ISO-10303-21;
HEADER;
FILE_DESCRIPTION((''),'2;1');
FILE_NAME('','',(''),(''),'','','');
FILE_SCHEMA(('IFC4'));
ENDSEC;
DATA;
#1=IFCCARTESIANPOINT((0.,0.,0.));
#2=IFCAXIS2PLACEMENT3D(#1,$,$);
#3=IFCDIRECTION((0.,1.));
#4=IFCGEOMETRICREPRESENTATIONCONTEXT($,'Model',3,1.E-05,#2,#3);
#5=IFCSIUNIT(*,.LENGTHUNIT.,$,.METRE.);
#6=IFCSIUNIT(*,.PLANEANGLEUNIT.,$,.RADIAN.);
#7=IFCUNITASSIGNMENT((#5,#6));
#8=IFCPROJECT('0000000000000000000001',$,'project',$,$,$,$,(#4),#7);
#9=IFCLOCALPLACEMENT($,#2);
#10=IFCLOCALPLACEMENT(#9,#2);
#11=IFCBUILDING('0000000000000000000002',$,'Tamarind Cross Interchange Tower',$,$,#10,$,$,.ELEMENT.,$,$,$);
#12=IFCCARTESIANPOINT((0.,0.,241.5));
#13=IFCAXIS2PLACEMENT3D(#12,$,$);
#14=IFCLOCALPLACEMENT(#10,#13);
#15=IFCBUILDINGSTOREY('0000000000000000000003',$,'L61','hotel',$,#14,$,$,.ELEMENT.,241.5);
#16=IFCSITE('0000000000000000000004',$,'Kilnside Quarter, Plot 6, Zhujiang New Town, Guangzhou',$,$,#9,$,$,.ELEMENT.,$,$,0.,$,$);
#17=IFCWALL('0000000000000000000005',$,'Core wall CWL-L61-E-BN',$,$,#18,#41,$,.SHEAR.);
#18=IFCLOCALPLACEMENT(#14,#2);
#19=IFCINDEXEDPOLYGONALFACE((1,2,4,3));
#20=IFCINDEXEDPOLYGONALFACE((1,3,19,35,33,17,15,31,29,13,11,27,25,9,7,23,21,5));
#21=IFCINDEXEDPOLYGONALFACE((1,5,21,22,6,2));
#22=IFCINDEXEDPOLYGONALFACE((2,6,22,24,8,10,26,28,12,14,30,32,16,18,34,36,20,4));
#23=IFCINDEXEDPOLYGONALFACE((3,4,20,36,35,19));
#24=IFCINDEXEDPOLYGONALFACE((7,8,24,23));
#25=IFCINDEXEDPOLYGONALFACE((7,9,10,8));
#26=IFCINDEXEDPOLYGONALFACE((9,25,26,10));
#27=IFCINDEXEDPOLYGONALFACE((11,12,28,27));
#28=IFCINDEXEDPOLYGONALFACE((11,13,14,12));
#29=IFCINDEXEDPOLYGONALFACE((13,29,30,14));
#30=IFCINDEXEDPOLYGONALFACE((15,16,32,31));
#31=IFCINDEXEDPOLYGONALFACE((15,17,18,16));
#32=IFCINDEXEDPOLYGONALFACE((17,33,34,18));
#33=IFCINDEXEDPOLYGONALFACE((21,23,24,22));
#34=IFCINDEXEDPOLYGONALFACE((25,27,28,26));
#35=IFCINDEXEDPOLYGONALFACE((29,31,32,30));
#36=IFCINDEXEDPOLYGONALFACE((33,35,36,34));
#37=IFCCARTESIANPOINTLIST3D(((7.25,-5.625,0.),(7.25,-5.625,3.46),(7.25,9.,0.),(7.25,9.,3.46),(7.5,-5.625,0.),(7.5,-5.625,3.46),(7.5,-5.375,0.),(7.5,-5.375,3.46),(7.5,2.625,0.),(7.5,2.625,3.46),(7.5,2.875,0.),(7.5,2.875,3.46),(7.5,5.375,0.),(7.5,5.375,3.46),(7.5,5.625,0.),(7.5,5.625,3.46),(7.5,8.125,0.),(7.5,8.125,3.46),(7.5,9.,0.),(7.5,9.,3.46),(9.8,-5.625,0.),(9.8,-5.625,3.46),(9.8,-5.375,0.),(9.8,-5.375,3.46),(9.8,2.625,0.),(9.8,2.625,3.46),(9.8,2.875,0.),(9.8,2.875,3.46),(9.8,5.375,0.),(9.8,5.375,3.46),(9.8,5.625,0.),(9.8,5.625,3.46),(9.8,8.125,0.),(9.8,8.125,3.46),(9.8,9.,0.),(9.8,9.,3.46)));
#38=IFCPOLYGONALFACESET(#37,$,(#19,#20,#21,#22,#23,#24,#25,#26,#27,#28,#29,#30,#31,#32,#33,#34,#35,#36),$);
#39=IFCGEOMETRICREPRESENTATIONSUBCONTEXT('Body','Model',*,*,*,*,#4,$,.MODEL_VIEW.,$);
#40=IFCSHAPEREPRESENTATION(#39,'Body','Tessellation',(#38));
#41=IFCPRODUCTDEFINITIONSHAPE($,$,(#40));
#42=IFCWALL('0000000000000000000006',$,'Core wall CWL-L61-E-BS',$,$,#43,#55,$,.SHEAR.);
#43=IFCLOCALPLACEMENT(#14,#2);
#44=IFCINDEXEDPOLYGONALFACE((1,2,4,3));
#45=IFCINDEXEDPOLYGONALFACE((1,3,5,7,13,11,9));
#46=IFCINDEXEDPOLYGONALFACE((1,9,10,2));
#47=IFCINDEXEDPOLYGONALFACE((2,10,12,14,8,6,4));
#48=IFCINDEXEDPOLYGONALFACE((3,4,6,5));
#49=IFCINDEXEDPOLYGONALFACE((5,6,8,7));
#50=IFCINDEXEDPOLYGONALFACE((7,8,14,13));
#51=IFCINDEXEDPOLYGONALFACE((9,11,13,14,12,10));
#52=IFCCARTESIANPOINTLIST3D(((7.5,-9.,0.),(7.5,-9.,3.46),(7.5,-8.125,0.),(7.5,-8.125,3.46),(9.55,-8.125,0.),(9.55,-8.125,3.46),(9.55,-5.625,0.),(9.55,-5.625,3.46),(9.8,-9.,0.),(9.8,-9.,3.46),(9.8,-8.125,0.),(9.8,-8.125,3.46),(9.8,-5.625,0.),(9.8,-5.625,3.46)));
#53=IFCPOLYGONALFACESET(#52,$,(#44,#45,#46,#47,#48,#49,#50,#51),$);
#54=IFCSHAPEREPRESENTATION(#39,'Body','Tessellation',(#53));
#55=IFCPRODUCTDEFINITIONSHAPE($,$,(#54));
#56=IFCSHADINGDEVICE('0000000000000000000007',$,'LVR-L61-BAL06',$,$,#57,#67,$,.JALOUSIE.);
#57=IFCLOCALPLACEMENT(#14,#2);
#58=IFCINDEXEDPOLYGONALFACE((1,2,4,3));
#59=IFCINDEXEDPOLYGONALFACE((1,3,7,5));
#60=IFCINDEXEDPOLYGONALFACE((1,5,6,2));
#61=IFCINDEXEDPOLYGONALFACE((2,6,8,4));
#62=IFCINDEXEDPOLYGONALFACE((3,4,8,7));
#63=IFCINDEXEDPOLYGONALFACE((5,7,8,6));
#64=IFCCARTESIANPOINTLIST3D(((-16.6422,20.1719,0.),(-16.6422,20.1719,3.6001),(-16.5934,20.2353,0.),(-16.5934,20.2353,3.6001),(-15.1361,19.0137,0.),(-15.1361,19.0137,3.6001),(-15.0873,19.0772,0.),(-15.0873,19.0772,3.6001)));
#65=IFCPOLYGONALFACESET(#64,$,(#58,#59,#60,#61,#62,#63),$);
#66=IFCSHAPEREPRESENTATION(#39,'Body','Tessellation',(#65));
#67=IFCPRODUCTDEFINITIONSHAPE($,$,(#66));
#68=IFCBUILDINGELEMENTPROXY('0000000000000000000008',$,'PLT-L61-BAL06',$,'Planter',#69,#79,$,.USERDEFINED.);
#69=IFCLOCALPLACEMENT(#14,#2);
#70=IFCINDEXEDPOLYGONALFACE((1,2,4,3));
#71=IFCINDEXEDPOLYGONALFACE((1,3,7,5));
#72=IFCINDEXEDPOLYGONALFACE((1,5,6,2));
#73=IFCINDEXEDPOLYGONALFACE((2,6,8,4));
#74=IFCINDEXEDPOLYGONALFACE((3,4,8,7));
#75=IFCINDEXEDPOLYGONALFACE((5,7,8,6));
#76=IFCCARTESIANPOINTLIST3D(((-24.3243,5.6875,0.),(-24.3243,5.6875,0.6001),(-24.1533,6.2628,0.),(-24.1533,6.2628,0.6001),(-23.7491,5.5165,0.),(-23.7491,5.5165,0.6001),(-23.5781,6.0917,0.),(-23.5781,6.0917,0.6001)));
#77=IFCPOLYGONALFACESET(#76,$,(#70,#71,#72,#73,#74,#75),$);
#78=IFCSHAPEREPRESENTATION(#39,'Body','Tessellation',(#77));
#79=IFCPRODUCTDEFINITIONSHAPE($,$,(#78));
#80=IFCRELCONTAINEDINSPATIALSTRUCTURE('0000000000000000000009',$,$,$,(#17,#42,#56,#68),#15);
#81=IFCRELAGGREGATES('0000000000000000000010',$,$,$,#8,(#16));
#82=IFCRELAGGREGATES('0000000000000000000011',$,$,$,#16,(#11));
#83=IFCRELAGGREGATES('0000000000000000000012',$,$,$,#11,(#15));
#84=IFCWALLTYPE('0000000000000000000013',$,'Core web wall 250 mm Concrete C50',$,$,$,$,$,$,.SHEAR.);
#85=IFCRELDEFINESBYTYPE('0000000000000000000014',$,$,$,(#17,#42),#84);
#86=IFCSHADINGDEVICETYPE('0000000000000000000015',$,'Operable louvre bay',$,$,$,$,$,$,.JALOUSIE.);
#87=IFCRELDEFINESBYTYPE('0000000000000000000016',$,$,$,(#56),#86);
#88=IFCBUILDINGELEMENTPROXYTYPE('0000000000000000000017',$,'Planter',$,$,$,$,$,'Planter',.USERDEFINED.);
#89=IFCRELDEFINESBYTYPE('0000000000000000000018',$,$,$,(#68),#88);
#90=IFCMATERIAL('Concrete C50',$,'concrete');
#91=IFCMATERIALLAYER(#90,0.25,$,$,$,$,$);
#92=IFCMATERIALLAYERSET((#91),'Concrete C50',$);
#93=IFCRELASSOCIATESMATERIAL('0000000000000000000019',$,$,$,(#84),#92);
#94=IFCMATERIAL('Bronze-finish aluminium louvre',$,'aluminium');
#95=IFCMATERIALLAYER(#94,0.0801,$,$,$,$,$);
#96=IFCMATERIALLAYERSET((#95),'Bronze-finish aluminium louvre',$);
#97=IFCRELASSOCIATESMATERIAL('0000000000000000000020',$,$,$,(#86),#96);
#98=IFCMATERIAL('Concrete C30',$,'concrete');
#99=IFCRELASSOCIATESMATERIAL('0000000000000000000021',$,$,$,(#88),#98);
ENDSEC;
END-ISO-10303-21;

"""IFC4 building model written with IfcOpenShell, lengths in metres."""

from ifc_helpers import new_model, si_unit, direction, frame, origin, origin_2d, place, context, subcontext, project, spatial, polyline, rectangle, outline, extrude, material, layer, layer_set, type_object, element, save


model = new_model("IFC4")

# Units and contexts
model_context = context("Model", 3, precision=1e-05, world=origin(), true_north=direction((0.0, 1.0)))
body_context = subcontext(model_context, "Body", "Model", "MODEL_VIEW")
ifc_project = project(units=[si_unit("LENGTHUNIT", "METRE"), si_unit("PLANEANGLEUNIT", "RADIAN")], contexts=[model_context])

# Site, building, storey
site_placement = place(None, origin())
site = spatial("IfcSite", under=ifc_project, at=site_placement, Name="Kilnside Quarter, Plot 6, Zhujiang New Town, Guangzhou", CompositionType="ELEMENT", RefElevation=0.0)
building_placement = place(site_placement, origin())
building = spatial("IfcBuilding", under=site, at=building_placement, Name="Tamarind Cross Interchange Tower", CompositionType="ELEMENT")
storey_placement = place(building_placement, frame((0.0, 0.0, 241.5)))
storey = spatial("IfcBuildingStorey", under=building, at=storey_placement, Name="L61", Description="hotel", CompositionType="ELEMENT", Elevation=241.5)

# Walls
ifc_material_1 = material(Name="Concrete C50", Category="concrete")
ifc_layer_1 = layer(ifc_material_1, 0.25)
ifc_layer_set_1 = layer_set([ifc_layer_1], Name="Concrete C50")
wall_type_1 = type_object("IfcWallType", Name="Core web wall 250 mm Concrete C50", PredefinedType="SHEAR", material=ifc_layer_set_1)
wall_1_placement = place(storey_placement, origin())
element("IfcWall", 1, at=wall_1_placement, inside=storey, type_object=wall_type_1, Name="Core wall CWL-L61-E-BN", PredefinedType="SHEAR", context=body_context, shape_type="SweptSolid", body=[
    extrude(outline(polyline([(9.8, -5.375), (7.5, -5.375), (7.5, 2.625), (9.8, 2.625), (9.8, 2.875), (7.5, 2.875), (7.5, 5.375), (9.8, 5.375), (9.8, 5.625), (7.5, 5.625), (7.5, 8.125), (9.8, 8.125), (9.8, 9.0), (7.5, 9.0), (7.25, 9.0), (7.25, -5.625), (7.5, -5.625), (9.8, -5.625), (9.8, -5.375)])), origin(), (0.0, 0.0, 1.0), 3.46),
])
wall_2_placement = place(storey_placement, origin())
element("IfcWall", 2, at=wall_2_placement, inside=storey, type_object=wall_type_1, Name="Core wall CWL-L61-E-BS", PredefinedType="SHEAR", context=body_context, shape_type="SweptSolid", body=[
    extrude(outline(polyline([(7.5, -8.125), (7.5, -9.0), (9.8, -9.0), (9.8, -8.125), (9.8, -5.625), (9.55, -5.625), (9.55, -8.125), (7.5, -8.125)])), origin(), (0.0, 0.0, 1.0), 3.46),
])

# Shading device
ifc_material_2 = material(Name="Bronze-finish aluminium louvre", Category="aluminium")
ifc_layer_2 = layer(ifc_material_2, 0.0801)
ifc_layer_set_2 = layer_set([ifc_layer_2], Name="Bronze-finish aluminium louvre")
shading_device_type = type_object("IfcShadingDeviceType", Name="Operable louvre bay", PredefinedType="JALOUSIE", material=ifc_layer_set_2)
shading_device_placement = place(storey_placement, origin())
element("IfcShadingDevice", 3, at=shading_device_placement, inside=storey, type_object=shading_device_type, Name="LVR-L61-BAL06", PredefinedType="JALOUSIE", context=body_context, shape_type="SweptSolid", body=[
    extrude(rectangle(XDim=1.8999, YDim=0.0801, at=origin_2d()), frame((-15.8647, 19.6245, 0.0), z_axis=(0.0, 0.0, 1.0), x_axis=(-0.792704, 0.609607, 0.0)), (0.0, 0.0, 1.0), 3.6001),
])

# Building element proxy
ifc_material_3 = material(Name="Concrete C30", Category="concrete")
building_element_proxy_type = type_object("IfcBuildingElementProxyType", Name="Planter", ElementType="Planter", PredefinedType="USERDEFINED", material=ifc_material_3)
proxy_placement = place(storey_placement, origin())
element("IfcBuildingElementProxy", 4, at=proxy_placement, inside=storey, type_object=building_element_proxy_type, Name="PLT-L61-BAL06", ObjectType="Planter", PredefinedType="USERDEFINED", context=body_context, shape_type="SweptSolid", body=[
    extrude(rectangle(XDim=0.6001, YDim=0.6001, at=origin_2d()), frame((-23.9512, 5.8896, 0.0), z_axis=(0.0, 0.0, 1.0), x_axis=(-0.284975, -0.958535, 0.0)), (0.0, 0.0, 1.0), 0.6001),
])

save(model, "model.ifc")
